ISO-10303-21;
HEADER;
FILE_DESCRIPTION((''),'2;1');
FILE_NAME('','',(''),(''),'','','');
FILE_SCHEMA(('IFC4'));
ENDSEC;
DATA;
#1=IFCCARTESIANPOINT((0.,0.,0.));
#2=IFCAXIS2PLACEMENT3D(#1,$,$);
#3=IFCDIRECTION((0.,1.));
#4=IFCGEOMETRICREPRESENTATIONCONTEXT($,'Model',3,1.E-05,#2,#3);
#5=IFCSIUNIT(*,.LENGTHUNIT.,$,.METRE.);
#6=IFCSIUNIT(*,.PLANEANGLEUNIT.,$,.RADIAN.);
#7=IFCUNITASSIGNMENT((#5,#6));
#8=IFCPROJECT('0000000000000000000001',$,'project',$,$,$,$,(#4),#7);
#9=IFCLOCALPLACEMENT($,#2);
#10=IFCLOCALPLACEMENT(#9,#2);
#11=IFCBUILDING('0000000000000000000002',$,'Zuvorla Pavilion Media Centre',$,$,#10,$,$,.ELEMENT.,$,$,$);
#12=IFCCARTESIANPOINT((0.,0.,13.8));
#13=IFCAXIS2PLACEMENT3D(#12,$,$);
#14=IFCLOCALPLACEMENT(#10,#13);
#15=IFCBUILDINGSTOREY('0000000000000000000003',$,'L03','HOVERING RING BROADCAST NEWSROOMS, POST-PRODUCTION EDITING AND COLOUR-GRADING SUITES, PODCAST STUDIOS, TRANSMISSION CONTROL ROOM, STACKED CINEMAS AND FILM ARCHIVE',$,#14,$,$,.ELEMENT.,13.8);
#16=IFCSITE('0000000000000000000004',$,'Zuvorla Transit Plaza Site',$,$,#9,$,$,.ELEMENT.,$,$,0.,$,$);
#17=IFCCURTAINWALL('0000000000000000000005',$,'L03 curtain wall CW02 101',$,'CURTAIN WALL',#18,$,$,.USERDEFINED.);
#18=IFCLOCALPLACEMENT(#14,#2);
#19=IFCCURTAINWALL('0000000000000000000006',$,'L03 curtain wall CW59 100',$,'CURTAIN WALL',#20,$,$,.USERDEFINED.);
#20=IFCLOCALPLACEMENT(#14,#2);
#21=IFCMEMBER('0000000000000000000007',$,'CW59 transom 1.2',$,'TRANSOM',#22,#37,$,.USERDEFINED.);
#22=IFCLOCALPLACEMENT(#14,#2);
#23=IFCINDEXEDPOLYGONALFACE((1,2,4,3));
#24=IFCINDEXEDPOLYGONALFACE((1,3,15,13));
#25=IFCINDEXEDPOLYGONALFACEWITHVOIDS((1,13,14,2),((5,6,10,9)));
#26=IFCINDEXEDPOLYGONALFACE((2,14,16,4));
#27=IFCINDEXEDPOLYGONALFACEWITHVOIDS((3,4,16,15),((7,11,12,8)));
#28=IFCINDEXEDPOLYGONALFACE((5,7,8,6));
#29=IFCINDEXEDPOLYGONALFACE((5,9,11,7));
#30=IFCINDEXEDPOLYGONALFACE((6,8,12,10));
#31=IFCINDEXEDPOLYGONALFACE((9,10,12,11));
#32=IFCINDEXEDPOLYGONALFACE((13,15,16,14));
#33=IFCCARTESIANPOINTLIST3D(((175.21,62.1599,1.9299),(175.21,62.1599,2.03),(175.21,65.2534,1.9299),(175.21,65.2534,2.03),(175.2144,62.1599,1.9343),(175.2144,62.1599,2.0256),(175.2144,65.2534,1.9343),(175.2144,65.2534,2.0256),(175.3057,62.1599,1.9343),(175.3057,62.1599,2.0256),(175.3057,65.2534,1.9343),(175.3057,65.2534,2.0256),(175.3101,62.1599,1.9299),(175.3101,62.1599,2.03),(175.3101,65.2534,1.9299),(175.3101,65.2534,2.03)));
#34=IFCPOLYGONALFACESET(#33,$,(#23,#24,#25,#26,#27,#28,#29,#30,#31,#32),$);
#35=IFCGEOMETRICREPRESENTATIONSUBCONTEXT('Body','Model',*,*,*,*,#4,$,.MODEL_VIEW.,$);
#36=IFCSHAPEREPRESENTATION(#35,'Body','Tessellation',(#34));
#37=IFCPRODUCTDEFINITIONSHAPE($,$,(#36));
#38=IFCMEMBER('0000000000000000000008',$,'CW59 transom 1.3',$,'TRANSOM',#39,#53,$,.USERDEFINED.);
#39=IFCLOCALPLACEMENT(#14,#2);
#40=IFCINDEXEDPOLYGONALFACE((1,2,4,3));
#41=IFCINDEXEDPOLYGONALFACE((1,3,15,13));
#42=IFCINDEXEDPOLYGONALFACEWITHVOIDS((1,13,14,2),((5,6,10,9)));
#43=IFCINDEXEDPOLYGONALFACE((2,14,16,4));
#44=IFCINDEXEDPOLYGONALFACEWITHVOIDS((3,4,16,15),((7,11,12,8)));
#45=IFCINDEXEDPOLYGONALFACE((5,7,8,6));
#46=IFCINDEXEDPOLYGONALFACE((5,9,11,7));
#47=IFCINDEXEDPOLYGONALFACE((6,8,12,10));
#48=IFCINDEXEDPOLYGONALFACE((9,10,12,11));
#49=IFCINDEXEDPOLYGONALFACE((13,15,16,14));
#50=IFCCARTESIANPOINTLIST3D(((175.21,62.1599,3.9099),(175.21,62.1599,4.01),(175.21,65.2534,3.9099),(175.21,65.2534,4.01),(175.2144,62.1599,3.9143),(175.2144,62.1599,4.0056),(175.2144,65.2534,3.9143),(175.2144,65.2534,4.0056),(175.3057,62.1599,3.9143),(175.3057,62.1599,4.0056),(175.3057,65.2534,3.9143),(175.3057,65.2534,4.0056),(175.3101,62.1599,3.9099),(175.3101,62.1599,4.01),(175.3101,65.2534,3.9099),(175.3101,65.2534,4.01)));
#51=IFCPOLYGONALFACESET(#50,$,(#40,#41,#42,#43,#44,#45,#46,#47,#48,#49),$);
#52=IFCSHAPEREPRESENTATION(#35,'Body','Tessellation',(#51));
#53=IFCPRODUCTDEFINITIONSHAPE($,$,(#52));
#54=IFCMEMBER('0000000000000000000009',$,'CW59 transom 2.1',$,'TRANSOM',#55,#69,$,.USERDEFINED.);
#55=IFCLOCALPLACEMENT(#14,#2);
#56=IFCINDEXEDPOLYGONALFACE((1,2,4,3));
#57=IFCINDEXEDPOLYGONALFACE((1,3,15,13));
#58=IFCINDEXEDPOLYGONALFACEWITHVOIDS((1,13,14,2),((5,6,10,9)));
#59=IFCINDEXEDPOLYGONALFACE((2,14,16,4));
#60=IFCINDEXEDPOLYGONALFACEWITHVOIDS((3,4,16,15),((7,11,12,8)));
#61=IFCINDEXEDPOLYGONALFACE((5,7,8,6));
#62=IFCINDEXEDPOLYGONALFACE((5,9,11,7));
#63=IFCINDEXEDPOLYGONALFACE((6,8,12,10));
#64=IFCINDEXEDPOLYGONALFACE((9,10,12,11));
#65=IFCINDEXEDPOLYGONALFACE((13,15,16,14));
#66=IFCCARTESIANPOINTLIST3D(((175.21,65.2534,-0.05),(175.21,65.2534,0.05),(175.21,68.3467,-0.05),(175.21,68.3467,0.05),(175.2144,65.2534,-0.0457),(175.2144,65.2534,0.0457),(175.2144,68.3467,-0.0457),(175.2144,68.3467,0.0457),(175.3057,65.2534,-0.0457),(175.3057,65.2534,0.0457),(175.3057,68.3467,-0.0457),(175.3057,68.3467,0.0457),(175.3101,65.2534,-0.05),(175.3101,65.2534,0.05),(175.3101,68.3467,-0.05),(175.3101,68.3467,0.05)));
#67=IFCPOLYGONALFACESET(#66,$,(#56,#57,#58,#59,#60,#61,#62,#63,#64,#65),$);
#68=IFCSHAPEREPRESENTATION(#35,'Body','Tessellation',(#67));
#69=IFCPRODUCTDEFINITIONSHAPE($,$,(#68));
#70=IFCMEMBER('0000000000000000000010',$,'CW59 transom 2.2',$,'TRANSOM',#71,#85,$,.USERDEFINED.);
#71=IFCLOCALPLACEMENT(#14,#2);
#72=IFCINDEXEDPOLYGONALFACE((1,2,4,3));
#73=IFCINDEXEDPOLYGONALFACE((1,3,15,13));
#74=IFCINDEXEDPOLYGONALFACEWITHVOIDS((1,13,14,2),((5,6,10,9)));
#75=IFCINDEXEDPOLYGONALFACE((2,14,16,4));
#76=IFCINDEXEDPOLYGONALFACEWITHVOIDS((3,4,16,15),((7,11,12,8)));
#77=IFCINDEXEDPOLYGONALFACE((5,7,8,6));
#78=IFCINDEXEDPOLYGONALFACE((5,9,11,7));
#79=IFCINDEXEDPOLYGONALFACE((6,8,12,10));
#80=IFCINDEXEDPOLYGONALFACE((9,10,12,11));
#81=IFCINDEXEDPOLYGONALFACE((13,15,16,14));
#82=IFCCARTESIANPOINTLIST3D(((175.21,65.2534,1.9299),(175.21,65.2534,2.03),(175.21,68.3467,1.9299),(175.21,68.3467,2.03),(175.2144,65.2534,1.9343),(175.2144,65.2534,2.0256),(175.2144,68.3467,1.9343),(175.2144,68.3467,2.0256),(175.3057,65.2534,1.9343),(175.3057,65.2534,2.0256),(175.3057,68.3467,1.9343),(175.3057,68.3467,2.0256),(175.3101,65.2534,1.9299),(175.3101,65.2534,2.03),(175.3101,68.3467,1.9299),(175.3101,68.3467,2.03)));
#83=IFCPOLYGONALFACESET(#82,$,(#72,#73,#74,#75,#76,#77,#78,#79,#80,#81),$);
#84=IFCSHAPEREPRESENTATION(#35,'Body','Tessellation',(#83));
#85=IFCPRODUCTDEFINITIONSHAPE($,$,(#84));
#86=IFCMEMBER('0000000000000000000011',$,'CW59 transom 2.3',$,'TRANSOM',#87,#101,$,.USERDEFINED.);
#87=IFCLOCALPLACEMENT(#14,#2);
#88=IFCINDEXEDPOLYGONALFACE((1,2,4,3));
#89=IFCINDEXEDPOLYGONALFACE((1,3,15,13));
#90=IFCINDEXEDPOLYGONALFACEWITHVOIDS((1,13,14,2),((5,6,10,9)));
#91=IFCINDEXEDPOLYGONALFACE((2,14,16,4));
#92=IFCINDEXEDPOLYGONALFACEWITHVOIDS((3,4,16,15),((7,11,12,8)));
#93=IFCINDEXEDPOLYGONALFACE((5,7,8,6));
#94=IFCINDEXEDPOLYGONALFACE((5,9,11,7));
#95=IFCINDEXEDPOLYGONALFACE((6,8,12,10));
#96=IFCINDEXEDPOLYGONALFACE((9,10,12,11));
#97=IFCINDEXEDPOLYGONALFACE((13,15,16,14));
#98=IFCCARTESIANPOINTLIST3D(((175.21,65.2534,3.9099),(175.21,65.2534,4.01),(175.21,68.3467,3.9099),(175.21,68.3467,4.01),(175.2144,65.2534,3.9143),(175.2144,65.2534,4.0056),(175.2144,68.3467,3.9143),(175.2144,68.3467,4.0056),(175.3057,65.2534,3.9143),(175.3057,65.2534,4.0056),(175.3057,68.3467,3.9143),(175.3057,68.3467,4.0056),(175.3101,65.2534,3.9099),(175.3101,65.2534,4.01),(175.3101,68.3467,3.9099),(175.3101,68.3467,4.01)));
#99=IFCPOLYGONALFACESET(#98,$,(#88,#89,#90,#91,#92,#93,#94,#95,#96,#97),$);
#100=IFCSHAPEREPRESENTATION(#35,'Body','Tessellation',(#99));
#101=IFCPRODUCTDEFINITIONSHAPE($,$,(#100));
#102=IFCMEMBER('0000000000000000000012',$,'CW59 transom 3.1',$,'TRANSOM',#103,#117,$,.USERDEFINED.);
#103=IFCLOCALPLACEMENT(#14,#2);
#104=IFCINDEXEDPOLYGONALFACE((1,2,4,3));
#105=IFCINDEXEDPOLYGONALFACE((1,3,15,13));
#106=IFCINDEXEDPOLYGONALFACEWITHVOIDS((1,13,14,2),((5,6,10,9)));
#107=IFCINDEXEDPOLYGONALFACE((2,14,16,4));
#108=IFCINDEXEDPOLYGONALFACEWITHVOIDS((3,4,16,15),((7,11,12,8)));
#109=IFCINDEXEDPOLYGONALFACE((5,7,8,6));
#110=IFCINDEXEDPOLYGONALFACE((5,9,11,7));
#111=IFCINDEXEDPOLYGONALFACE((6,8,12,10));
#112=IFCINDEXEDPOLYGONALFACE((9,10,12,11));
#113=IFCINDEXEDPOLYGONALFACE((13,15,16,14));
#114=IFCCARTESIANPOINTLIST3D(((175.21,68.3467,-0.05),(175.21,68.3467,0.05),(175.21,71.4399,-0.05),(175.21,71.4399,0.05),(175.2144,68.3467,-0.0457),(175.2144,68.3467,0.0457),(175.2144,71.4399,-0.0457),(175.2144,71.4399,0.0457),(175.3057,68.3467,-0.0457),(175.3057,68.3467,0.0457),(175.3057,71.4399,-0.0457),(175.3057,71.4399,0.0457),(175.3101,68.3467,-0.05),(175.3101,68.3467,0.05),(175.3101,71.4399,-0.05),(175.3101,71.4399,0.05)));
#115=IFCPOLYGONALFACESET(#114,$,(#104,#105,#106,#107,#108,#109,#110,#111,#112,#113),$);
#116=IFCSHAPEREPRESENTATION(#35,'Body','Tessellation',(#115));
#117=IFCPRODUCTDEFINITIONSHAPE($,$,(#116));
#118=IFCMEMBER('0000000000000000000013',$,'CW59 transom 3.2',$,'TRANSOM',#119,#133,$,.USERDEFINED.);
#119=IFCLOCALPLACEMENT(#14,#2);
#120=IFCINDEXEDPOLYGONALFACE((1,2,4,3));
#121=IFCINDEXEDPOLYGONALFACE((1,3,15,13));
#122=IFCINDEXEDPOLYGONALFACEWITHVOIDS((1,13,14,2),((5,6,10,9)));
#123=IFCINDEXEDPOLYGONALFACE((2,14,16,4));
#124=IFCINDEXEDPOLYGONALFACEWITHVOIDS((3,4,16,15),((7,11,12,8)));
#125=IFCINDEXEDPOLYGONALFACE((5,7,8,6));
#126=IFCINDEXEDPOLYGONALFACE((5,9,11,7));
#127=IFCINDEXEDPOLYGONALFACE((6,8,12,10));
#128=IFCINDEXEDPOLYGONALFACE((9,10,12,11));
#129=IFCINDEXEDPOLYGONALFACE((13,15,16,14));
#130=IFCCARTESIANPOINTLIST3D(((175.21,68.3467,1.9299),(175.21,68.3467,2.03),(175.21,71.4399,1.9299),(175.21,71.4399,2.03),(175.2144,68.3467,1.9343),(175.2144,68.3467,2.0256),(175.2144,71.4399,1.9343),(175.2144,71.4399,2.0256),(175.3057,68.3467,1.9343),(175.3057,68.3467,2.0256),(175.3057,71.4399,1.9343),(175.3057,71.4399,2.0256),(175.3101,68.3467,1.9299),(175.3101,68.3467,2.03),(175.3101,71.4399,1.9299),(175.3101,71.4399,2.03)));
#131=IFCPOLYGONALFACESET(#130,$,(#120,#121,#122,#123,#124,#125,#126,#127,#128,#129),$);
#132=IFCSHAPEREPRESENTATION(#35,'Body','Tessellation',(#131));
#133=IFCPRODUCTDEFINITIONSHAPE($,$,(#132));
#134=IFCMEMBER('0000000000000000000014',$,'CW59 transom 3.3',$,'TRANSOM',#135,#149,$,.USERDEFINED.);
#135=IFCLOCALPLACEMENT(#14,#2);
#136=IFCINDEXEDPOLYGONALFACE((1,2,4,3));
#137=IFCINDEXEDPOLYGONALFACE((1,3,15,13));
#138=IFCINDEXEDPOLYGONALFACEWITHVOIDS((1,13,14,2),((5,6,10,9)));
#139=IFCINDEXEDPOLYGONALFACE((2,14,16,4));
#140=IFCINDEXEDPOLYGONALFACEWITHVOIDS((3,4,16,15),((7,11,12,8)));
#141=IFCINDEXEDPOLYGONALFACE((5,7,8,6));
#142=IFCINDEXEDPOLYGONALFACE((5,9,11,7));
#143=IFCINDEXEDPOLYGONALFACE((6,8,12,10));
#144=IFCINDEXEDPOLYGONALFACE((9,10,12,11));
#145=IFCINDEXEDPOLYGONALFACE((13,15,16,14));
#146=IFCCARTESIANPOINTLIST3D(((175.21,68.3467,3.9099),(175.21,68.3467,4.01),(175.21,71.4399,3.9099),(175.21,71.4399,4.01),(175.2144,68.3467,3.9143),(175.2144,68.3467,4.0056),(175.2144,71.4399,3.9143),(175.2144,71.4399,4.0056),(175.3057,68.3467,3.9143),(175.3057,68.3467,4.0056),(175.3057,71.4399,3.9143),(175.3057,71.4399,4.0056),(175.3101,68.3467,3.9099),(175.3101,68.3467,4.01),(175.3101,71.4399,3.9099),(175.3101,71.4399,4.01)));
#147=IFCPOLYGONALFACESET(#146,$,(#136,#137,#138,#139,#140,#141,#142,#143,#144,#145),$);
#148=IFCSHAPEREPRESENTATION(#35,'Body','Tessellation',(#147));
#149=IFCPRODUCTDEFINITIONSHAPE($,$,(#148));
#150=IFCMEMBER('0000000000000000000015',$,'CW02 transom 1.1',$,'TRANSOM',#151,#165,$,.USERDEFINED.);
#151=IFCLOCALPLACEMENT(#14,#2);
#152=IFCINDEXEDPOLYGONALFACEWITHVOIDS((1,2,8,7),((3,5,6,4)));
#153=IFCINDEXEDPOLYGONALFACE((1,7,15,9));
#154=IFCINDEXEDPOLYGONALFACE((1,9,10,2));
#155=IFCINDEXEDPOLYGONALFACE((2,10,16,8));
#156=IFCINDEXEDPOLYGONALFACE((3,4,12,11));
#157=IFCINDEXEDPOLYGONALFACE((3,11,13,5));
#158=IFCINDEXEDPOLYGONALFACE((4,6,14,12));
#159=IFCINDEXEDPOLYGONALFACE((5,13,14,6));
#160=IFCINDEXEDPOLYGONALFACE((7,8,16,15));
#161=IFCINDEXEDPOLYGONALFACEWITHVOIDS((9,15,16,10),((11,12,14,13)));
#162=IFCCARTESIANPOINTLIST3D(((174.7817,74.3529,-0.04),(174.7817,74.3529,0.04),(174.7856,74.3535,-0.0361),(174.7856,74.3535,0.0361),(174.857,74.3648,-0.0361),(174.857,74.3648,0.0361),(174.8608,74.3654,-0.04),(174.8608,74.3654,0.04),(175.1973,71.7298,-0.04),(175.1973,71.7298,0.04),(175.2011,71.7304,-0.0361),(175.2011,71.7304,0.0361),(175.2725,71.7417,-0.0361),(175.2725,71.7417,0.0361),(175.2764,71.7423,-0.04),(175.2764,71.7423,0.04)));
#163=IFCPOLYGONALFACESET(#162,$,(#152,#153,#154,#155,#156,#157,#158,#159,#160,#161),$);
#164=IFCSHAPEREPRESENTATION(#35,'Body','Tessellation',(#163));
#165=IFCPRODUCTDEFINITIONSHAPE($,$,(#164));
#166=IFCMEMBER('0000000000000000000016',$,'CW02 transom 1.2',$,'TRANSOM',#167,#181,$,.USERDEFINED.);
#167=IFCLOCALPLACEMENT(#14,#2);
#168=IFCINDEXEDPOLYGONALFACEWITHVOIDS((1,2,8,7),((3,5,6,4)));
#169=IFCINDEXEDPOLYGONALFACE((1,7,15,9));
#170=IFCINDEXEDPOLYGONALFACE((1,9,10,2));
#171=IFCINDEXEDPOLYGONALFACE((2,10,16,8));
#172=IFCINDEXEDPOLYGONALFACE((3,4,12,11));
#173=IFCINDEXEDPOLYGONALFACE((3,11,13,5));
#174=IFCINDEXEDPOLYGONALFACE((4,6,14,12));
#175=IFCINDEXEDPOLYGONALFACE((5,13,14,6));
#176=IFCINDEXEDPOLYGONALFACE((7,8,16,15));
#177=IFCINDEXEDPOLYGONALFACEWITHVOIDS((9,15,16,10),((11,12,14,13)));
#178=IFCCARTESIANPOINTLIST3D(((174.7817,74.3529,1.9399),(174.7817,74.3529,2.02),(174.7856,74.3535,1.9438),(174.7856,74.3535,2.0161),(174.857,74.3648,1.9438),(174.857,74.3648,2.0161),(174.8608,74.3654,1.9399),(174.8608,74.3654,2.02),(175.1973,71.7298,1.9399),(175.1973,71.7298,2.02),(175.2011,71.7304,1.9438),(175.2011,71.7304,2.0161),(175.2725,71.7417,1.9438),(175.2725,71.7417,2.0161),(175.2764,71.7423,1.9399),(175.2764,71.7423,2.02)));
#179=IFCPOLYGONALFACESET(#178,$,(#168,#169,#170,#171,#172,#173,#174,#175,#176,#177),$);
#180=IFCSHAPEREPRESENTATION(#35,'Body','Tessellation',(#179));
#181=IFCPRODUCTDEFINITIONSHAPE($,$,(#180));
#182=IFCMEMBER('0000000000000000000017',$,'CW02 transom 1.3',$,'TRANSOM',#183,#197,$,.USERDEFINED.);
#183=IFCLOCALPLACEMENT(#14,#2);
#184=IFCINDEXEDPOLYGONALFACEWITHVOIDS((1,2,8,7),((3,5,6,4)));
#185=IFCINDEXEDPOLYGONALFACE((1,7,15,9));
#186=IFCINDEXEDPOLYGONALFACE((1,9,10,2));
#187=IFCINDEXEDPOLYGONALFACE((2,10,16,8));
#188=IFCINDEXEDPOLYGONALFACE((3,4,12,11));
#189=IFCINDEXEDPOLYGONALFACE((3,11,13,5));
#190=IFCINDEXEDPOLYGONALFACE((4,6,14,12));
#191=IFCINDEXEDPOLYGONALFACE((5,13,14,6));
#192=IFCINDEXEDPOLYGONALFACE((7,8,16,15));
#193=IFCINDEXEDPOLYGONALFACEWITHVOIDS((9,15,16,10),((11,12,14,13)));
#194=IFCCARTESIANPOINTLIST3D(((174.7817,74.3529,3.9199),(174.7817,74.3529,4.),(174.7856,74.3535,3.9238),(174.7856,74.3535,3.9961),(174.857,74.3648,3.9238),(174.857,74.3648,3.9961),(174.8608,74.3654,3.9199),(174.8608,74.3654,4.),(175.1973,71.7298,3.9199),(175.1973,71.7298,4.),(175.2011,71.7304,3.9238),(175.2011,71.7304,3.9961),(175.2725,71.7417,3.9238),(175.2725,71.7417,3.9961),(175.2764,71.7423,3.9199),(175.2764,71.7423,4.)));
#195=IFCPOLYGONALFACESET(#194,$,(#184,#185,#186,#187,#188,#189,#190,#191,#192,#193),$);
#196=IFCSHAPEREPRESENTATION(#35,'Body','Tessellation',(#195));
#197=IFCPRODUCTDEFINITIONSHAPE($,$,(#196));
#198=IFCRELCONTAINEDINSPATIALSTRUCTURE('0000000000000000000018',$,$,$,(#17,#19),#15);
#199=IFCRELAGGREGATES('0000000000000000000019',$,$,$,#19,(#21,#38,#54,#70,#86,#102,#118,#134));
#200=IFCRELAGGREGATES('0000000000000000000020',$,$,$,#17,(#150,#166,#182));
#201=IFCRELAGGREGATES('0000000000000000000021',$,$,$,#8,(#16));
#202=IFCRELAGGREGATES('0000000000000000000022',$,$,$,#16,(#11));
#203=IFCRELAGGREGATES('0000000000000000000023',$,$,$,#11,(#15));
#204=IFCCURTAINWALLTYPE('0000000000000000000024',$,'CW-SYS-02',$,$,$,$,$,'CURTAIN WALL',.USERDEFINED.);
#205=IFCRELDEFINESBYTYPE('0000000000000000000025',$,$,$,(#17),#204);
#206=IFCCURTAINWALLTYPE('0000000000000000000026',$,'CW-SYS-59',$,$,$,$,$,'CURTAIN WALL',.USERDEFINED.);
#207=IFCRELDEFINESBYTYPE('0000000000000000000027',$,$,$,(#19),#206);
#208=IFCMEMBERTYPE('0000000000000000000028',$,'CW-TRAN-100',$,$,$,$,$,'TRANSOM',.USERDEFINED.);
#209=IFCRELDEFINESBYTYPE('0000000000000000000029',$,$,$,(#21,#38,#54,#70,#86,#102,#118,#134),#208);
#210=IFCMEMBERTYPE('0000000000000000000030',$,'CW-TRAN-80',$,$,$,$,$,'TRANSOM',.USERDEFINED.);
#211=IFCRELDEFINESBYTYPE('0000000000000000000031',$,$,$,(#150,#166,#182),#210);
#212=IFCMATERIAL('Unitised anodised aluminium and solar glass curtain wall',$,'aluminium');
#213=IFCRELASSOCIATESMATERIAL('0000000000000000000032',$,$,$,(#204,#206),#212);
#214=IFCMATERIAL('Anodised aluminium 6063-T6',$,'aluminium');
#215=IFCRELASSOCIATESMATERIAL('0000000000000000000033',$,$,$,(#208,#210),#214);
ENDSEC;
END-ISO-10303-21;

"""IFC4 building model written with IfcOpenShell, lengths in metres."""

from ifc_helpers import new_model, si_unit, direction, frame, origin, origin_2d, place, context, subcontext, project, spatial, hollow_rectangle, extrude, material, material_profile, profile_set, type_object, element, aggregate, save


model = new_model("IFC4")

# Units and contexts
model_context = context("Model", 3, precision=1e-05, world=origin(), true_north=direction((0.0, 1.0)))
body_context = subcontext(model_context, "Body", "Model", "MODEL_VIEW")
ifc_project = project(units=[si_unit("LENGTHUNIT", "METRE"), si_unit("PLANEANGLEUNIT", "RADIAN")], contexts=[model_context])

# Site, building, storey
site_placement = place(None, origin())
site = spatial("IfcSite", under=ifc_project, at=site_placement, Name="Zuvorla Transit Plaza Site", CompositionType="ELEMENT", RefElevation=0.0)
building_placement = place(site_placement, origin())
building = spatial("IfcBuilding", under=site, at=building_placement, Name="Zuvorla Pavilion Media Centre", CompositionType="ELEMENT")
storey_placement = place(building_placement, frame((0.0, 0.0, 13.8)))
storey = spatial("IfcBuildingStorey", under=building, at=storey_placement, Name="L03", Description="HOVERING RING BROADCAST NEWSROOMS, POST-PRODUCTION EDITING AND COLOUR-GRADING SUITES, PODCAST STUDIOS, TRANSMISSION CONTROL ROOM, STACKED CINEMAS AND FILM ARCHIVE", CompositionType="ELEMENT", Elevation=13.8)

# Shared definitions
ifc_material_1 = material(Name="Unitised anodised aluminium and solar glass curtain wall", Category="aluminium")
ifc_material_2 = material(Name="Anodised aluminium 6063-T6", Category="aluminium")

# Curtain walls, members
curtain_wall_type_1 = type_object("IfcCurtainWallType", Name="CW-SYS-02", ElementType="CURTAIN WALL", PredefinedType="USERDEFINED", material=ifc_material_1)
curtain_wall_1_placement = place(storey_placement, origin())
curtain_wall_1 = element("IfcCurtainWall", 1, at=curtain_wall_1_placement, inside=storey, type_object=curtain_wall_type_1, Name="L03 curtain wall CW02 101", ObjectType="CURTAIN WALL", PredefinedType="USERDEFINED")
curtain_wall_type_2 = type_object("IfcCurtainWallType", Name="CW-SYS-59", ElementType="CURTAIN WALL", PredefinedType="USERDEFINED", material=ifc_material_1)
curtain_wall_2_placement = place(storey_placement, origin())
curtain_wall_2 = element("IfcCurtainWall", 2, at=curtain_wall_2_placement, inside=storey, type_object=curtain_wall_type_2, Name="L03 curtain wall CW59 100", ObjectType="CURTAIN WALL", PredefinedType="USERDEFINED")
ifc_material_profile_1 = material_profile(ifc_material_2, hollow_rectangle(XDim=0.1001, YDim=0.1001, WallThickness=0.0044, at=origin_2d()), Name="ALU TRAN 100x100")
ifc_profile_set_1 = profile_set([ifc_material_profile_1], Name="Anodised aluminium 6063-T6")
member_type_1 = type_object("IfcMemberType", Name="CW-TRAN-100", ElementType="TRANSOM", PredefinedType="USERDEFINED", material=ifc_profile_set_1)
member_1_placement = place(storey_placement, frame((175.26, 62.1599, 1.98), z_axis=(0.0, 1.0, 0.0), x_axis=(-1.0, 0.0, 0.0)))
member_1 = element("IfcMember", 3, at=member_1_placement, type_object=member_type_1, Name="CW59 transom 1.2", ObjectType="TRANSOM", PredefinedType="USERDEFINED", context=body_context, shape_type="SweptSolid", body=[
    extrude(hollow_rectangle(XDim=0.1001, YDim=0.1001, WallThickness=0.0044, at=origin_2d()), origin(), (0.0, 0.0, 1.0), 3.0935),
])
member_2_placement = place(storey_placement, frame((175.26, 62.1599, 3.96), z_axis=(0.0, 1.0, 0.0), x_axis=(-1.0, 0.0, 0.0)))
member_2 = element("IfcMember", 4, at=member_2_placement, type_object=member_type_1, Name="CW59 transom 1.3", ObjectType="TRANSOM", PredefinedType="USERDEFINED", context=body_context, shape_type="SweptSolid", body=[
    extrude(hollow_rectangle(XDim=0.1001, YDim=0.1001, WallThickness=0.0044, at=origin_2d()), origin(), (0.0, 0.0, 1.0), 3.0935),
])
member_3_placement = place(storey_placement, frame((175.26, 65.2534, 0.0), z_axis=(0.0, 1.0, 0.0), x_axis=(-1.0, 0.0, 0.0)))
member_3 = element("IfcMember", 5, at=member_3_placement, type_object=member_type_1, Name="CW59 transom 2.1", ObjectType="TRANSOM", PredefinedType="USERDEFINED", context=body_context, shape_type="SweptSolid", body=[
    extrude(hollow_rectangle(XDim=0.1001, YDim=0.1001, WallThickness=0.0044, at=origin_2d()), origin(), (0.0, 0.0, 1.0), 3.0933),
])
member_4_placement = place(storey_placement, frame((175.26, 65.2534, 1.98), z_axis=(0.0, 1.0, 0.0), x_axis=(-1.0, 0.0, 0.0)))
member_4 = element("IfcMember", 6, at=member_4_placement, type_object=member_type_1, Name="CW59 transom 2.2", ObjectType="TRANSOM", PredefinedType="USERDEFINED", context=body_context, shape_type="SweptSolid", body=[
    extrude(hollow_rectangle(XDim=0.1001, YDim=0.1001, WallThickness=0.0044, at=origin_2d()), origin(), (0.0, 0.0, 1.0), 3.0933),
])
member_5_placement = place(storey_placement, frame((175.26, 65.2534, 3.96), z_axis=(0.0, 1.0, 0.0), x_axis=(-1.0, 0.0, 0.0)))
member_5 = element("IfcMember", 7, at=member_5_placement, type_object=member_type_1, Name="CW59 transom 2.3", ObjectType="TRANSOM", PredefinedType="USERDEFINED", context=body_context, shape_type="SweptSolid", body=[
    extrude(hollow_rectangle(XDim=0.1001, YDim=0.1001, WallThickness=0.0044, at=origin_2d()), origin(), (0.0, 0.0, 1.0), 3.0933),
])
member_6_placement = place(storey_placement, frame((175.26, 68.3467, 0.0), z_axis=(0.0, 1.0, 0.0), x_axis=(-1.0, 0.0, 0.0)))
member_6 = element("IfcMember", 8, at=member_6_placement, type_object=member_type_1, Name="CW59 transom 3.1", ObjectType="TRANSOM", PredefinedType="USERDEFINED", context=body_context, shape_type="SweptSolid", body=[
    extrude(hollow_rectangle(XDim=0.1001, YDim=0.1001, WallThickness=0.0044, at=origin_2d()), origin(), (0.0, 0.0, 1.0), 3.0933),
])
member_7_placement = place(storey_placement, frame((175.26, 68.3467, 1.98), z_axis=(0.0, 1.0, 0.0), x_axis=(-1.0, 0.0, 0.0)))
member_7 = element("IfcMember", 9, at=member_7_placement, type_object=member_type_1, Name="CW59 transom 3.2", ObjectType="TRANSOM", PredefinedType="USERDEFINED", context=body_context, shape_type="SweptSolid", body=[
    extrude(hollow_rectangle(XDim=0.1001, YDim=0.1001, WallThickness=0.0044, at=origin_2d()), origin(), (0.0, 0.0, 1.0), 3.0933),
])
member_8_placement = place(storey_placement, frame((175.26, 68.3467, 3.96), z_axis=(0.0, 1.0, 0.0), x_axis=(-1.0, 0.0, 0.0)))
member_8 = element("IfcMember", 10, at=member_8_placement, type_object=member_type_1, Name="CW59 transom 3.3", ObjectType="TRANSOM", PredefinedType="USERDEFINED", context=body_context, shape_type="SweptSolid", body=[
    extrude(hollow_rectangle(XDim=0.1001, YDim=0.1001, WallThickness=0.0044, at=origin_2d()), origin(), (0.0, 0.0, 1.0), 3.0933),
])

# Members
ifc_material_profile_2 = material_profile(ifc_material_2, hollow_rectangle(XDim=0.0801, YDim=0.0801, WallThickness=0.0039, at=origin_2d()), Name="ALU TRAN 80x80")
ifc_profile_set_2 = profile_set([ifc_material_profile_2], Name="Anodised aluminium 6063-T6")
member_type_2 = type_object("IfcMemberType", Name="CW-TRAN-80", ElementType="TRANSOM", PredefinedType="USERDEFINED", material=ifc_profile_set_2)
member_9_placement = place(storey_placement, frame((175.2368, 71.7361, 0.0), z_axis=(-0.156463, 0.987684, 0.0), x_axis=(-0.987684, -0.156463, 0.0)))
member_9 = element("IfcMember", 11, at=member_9_placement, type_object=member_type_2, Name="CW02 transom 1.1", ObjectType="TRANSOM", PredefinedType="USERDEFINED", context=body_context, shape_type="SweptSolid", body=[
    extrude(hollow_rectangle(XDim=0.0801, YDim=0.0801, WallThickness=0.0039, at=origin_2d()), origin(), (0.0, 0.0, 1.0), 2.6558),
])
member_10_placement = place(storey_placement, frame((175.2368, 71.7361, 1.98), z_axis=(-0.156463, 0.987684, 0.0), x_axis=(-0.987684, -0.156463, 0.0)))
member_10 = element("IfcMember", 12, at=member_10_placement, type_object=member_type_2, Name="CW02 transom 1.2", ObjectType="TRANSOM", PredefinedType="USERDEFINED", context=body_context, shape_type="SweptSolid", body=[
    extrude(hollow_rectangle(XDim=0.0801, YDim=0.0801, WallThickness=0.0039, at=origin_2d()), origin(), (0.0, 0.0, 1.0), 2.6558),
])
member_11_placement = place(storey_placement, frame((175.2368, 71.7361, 3.96), z_axis=(-0.156463, 0.987684, 0.0), x_axis=(-0.987684, -0.156463, 0.0)))
member_11 = element("IfcMember", 13, at=member_11_placement, type_object=member_type_2, Name="CW02 transom 1.3", ObjectType="TRANSOM", PredefinedType="USERDEFINED", context=body_context, shape_type="SweptSolid", body=[
    extrude(hollow_rectangle(XDim=0.0801, YDim=0.0801, WallThickness=0.0039, at=origin_2d()), origin(), (0.0, 0.0, 1.0), 2.6558),
])

aggregate(curtain_wall_2, [member_1, member_2, member_3, member_4, member_5, member_6, member_7, member_8])
aggregate(curtain_wall_1, [member_9, member_10, member_11])

save(model, "model.ifc")
